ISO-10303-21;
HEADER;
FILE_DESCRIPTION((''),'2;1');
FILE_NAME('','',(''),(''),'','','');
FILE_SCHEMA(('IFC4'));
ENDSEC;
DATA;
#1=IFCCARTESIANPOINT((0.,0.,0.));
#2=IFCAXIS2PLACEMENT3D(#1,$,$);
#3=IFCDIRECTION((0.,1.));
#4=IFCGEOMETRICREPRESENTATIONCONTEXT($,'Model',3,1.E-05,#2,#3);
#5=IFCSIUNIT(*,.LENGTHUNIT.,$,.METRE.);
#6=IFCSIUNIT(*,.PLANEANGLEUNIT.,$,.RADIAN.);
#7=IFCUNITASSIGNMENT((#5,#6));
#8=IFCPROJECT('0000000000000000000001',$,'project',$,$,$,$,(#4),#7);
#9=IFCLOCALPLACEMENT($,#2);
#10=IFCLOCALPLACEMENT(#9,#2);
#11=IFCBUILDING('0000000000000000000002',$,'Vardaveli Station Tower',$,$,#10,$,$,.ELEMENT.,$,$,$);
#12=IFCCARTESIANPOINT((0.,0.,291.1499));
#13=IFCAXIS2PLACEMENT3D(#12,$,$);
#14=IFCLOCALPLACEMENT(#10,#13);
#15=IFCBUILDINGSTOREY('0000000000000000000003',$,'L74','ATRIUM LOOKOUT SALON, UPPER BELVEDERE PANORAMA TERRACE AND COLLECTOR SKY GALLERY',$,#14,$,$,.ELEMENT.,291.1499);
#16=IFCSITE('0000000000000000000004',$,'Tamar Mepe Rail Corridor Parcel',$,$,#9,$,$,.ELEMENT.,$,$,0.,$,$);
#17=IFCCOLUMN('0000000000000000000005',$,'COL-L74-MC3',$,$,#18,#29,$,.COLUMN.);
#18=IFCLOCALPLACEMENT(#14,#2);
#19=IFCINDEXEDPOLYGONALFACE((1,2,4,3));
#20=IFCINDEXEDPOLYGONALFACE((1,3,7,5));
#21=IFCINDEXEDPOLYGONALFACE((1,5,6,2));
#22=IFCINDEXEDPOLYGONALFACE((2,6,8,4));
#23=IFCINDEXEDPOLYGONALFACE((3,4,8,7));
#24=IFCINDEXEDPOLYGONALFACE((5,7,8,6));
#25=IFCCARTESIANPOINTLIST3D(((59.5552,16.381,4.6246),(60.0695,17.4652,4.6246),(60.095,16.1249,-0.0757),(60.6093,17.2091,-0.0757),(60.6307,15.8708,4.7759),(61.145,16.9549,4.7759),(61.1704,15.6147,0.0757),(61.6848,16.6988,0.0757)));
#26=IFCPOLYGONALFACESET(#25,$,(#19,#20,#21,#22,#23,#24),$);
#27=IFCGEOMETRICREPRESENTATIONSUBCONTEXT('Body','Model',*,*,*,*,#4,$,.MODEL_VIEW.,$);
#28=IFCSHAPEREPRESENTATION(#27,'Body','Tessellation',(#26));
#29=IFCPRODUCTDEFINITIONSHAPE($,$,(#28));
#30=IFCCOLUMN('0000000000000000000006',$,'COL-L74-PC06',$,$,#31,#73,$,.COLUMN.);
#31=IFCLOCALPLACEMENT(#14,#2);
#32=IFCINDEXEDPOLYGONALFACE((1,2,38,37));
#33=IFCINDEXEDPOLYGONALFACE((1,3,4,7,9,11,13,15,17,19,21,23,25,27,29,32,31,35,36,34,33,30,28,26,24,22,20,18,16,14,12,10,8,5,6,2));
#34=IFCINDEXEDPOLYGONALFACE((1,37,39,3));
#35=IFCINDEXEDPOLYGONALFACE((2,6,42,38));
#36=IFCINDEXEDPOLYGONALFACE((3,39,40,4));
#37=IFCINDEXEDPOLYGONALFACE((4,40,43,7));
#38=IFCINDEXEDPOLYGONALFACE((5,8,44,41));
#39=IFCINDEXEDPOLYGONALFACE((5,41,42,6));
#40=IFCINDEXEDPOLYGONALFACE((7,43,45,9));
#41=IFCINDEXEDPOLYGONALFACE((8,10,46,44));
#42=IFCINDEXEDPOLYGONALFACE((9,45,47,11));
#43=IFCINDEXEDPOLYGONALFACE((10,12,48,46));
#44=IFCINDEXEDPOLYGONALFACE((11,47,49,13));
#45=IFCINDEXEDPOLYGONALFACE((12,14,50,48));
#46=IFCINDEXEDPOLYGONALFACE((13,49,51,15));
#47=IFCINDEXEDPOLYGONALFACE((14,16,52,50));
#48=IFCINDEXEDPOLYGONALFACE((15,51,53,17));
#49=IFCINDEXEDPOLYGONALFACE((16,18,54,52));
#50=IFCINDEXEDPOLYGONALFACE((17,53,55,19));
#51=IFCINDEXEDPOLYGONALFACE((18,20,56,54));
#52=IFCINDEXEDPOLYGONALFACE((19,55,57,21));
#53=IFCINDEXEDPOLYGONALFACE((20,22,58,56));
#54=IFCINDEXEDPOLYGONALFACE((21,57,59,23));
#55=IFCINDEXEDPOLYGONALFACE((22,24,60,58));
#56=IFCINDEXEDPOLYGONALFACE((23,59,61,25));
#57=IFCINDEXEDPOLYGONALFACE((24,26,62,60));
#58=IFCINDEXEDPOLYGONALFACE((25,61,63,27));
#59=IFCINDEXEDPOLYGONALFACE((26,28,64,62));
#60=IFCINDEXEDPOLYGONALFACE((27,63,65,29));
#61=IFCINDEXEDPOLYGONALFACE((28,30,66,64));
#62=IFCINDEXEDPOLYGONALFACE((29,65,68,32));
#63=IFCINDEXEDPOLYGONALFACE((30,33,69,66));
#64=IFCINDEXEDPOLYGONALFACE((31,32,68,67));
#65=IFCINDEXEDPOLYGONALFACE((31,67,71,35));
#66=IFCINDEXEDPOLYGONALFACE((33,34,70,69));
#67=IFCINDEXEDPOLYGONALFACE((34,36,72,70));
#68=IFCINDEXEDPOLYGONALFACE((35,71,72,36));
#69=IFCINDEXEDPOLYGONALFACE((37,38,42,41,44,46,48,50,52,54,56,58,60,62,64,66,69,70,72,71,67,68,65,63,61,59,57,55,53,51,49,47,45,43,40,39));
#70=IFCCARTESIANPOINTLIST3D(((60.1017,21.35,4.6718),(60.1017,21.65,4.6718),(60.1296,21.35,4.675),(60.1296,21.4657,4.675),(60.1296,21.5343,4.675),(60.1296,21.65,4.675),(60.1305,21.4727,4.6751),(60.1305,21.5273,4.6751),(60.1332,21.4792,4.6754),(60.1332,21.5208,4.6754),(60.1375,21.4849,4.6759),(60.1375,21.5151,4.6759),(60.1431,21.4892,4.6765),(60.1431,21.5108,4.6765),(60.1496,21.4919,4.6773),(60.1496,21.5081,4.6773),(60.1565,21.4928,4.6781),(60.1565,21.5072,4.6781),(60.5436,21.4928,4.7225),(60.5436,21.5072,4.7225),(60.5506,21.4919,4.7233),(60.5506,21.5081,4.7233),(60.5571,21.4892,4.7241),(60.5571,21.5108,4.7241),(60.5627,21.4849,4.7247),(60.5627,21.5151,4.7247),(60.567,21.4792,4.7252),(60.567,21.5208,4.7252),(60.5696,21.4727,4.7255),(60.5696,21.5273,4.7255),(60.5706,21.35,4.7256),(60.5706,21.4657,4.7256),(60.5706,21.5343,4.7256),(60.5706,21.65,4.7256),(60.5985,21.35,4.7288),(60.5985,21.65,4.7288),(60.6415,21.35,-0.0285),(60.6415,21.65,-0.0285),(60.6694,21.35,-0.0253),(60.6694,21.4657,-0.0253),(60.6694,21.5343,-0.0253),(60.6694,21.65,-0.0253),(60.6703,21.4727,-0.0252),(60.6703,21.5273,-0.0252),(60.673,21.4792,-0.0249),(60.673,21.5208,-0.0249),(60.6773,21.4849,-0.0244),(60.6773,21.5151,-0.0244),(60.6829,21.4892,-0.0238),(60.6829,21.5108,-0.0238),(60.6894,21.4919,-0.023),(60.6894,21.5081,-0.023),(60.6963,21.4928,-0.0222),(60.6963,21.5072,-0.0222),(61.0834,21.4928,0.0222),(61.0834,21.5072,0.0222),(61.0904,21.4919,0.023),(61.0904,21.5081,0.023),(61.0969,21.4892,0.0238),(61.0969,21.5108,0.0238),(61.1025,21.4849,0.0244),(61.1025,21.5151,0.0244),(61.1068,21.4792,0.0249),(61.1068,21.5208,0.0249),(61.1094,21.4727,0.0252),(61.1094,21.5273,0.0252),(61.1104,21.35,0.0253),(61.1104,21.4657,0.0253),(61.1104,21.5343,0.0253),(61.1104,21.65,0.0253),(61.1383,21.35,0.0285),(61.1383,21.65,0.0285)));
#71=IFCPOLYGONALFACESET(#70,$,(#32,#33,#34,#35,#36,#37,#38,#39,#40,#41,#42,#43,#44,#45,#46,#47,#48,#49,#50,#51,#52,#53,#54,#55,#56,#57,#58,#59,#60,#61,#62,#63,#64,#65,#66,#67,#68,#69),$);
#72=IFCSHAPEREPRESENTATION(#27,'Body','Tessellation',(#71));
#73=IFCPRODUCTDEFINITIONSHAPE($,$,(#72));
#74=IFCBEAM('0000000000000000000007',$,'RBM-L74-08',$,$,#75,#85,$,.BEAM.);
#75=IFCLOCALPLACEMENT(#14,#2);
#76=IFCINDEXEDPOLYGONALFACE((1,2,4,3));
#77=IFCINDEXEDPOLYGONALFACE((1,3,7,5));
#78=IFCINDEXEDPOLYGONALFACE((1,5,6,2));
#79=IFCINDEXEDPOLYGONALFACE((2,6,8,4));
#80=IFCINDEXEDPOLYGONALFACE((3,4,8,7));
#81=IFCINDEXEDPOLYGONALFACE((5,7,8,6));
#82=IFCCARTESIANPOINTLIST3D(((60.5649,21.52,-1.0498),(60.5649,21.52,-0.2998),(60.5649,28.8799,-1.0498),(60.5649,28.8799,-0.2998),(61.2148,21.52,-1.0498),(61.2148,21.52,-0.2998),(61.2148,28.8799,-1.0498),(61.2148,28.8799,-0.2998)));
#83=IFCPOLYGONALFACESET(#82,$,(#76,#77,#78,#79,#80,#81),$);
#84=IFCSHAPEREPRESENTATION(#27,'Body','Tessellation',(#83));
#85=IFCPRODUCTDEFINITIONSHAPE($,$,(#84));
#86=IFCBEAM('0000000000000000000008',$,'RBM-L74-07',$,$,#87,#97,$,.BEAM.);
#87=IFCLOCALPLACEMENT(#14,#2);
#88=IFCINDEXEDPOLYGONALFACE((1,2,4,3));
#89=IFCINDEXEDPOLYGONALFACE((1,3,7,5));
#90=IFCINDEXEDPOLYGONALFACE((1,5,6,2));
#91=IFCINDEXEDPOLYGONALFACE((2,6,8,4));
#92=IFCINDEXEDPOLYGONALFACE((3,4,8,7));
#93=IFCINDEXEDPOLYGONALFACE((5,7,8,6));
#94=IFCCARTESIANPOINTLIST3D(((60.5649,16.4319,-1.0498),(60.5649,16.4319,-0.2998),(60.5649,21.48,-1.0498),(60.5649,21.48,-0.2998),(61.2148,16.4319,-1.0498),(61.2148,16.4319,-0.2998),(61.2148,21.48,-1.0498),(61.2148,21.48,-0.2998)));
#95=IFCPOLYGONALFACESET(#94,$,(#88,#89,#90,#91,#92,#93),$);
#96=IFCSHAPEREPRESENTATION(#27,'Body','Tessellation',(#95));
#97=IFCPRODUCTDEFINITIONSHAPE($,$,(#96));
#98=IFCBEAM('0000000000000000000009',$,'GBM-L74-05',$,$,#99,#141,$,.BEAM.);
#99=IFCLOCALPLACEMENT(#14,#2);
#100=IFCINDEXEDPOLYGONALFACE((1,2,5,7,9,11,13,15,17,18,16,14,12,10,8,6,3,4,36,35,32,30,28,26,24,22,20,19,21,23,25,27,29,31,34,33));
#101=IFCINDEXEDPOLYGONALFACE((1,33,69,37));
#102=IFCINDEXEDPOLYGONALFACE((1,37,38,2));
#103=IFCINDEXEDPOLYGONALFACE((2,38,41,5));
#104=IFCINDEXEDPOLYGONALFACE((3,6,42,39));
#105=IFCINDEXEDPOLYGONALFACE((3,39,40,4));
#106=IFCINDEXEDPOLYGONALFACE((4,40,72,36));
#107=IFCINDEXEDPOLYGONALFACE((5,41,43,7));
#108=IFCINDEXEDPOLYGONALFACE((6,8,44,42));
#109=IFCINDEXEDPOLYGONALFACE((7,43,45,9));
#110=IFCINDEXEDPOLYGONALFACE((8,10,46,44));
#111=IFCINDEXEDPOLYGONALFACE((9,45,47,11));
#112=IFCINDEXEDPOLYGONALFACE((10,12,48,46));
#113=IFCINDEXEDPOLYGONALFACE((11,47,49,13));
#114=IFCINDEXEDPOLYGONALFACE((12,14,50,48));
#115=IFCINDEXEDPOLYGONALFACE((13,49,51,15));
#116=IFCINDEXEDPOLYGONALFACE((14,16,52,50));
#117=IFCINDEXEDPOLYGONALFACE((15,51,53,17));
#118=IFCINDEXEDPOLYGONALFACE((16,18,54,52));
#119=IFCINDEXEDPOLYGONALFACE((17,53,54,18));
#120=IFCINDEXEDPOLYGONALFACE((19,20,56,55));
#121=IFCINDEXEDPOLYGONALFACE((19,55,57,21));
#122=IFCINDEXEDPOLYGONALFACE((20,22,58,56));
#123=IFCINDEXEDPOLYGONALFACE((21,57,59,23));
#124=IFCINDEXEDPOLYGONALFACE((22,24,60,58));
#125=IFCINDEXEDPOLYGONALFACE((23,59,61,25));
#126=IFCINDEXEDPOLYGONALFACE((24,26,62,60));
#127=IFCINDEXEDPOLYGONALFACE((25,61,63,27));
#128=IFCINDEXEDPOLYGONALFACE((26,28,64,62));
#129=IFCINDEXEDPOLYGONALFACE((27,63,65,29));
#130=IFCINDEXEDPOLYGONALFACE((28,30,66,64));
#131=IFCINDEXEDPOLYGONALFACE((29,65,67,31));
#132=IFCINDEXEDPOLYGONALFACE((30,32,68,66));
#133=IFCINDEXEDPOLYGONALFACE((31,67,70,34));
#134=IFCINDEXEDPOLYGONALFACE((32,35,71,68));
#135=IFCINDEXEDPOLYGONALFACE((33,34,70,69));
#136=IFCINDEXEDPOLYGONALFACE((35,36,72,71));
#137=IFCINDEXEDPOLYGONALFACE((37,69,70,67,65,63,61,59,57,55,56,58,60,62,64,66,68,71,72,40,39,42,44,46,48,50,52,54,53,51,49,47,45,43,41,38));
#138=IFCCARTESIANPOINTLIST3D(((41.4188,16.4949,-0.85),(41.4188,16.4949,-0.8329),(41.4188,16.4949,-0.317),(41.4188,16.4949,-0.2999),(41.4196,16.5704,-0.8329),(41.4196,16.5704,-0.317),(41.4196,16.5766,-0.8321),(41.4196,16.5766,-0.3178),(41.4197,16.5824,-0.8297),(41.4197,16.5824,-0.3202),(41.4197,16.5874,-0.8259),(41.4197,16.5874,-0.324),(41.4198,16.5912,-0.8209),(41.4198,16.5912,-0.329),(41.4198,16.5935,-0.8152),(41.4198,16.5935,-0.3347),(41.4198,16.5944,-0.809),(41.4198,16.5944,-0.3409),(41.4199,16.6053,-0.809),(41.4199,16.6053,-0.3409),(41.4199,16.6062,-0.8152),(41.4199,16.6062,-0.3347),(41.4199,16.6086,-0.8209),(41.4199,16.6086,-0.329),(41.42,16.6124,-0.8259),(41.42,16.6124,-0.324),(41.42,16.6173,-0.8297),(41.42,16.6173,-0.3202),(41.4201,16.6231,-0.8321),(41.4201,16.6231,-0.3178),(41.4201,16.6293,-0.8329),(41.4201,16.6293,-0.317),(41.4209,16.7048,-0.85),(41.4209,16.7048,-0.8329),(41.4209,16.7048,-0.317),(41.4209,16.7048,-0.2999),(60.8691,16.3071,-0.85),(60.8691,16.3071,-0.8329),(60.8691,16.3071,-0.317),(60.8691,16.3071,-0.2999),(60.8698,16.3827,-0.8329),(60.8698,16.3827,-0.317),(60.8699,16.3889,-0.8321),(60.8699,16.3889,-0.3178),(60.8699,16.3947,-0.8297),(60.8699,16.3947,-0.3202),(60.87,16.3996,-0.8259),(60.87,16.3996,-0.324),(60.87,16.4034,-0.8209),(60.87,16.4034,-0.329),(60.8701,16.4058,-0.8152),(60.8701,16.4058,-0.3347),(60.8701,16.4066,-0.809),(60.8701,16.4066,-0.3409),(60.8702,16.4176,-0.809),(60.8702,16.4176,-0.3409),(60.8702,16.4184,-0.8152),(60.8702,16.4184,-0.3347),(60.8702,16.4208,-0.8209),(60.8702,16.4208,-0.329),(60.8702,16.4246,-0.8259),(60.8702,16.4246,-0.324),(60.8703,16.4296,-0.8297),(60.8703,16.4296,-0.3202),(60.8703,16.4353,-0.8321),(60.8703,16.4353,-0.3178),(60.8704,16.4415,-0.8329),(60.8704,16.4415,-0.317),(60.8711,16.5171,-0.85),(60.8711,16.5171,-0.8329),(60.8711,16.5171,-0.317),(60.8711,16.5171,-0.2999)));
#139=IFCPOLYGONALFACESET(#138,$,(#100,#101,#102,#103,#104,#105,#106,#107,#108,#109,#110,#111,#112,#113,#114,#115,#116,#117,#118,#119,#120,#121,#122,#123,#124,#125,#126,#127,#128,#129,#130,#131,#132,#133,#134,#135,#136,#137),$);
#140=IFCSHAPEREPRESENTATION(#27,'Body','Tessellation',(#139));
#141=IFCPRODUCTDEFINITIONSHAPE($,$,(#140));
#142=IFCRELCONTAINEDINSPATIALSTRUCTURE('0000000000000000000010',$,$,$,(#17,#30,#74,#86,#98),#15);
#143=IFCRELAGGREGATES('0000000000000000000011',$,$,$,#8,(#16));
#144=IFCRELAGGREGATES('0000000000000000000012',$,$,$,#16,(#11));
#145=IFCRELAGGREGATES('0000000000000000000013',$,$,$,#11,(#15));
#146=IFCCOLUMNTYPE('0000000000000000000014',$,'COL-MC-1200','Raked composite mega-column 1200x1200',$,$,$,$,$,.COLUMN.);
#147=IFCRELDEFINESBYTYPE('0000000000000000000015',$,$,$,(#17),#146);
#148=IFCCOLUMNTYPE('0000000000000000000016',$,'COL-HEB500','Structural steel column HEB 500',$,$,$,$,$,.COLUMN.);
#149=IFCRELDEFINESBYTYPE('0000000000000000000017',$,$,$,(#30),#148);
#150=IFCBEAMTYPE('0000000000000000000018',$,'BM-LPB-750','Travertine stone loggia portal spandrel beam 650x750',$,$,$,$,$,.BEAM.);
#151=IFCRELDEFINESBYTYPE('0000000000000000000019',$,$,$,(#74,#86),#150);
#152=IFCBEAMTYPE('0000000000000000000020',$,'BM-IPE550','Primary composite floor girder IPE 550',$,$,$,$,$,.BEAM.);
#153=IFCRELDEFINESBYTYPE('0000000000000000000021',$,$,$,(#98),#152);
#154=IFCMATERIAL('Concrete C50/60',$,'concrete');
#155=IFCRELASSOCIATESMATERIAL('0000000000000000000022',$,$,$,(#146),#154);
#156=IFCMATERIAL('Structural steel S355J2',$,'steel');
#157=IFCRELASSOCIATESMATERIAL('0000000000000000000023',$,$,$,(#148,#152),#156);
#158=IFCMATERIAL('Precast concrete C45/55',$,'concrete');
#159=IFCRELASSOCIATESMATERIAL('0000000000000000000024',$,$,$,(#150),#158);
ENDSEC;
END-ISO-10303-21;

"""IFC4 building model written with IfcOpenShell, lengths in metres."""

from ifc_helpers import new_model, si_unit, direction, frame, origin, origin_2d, place, context, subcontext, project, spatial, rectangle, i_section, extrude, source, transform, mapped, material, material_profile, profile_set, type_object, element, save


model = new_model("IFC4")

# Units and contexts
model_context = context("Model", 3, precision=1e-05, world=origin(), true_north=direction((0.0, 1.0)))
body_context = subcontext(model_context, "Body", "Model", "MODEL_VIEW")
ifc_project = project(units=[si_unit("LENGTHUNIT", "METRE"), si_unit("PLANEANGLEUNIT", "RADIAN")], contexts=[model_context])

# Site, building, storey
site_placement = place(None, origin())
site = spatial("IfcSite", under=ifc_project, at=site_placement, Name="Tamar Mepe Rail Corridor Parcel", CompositionType="ELEMENT", RefElevation=0.0)
building_placement = place(site_placement, origin())
building = spatial("IfcBuilding", under=site, at=building_placement, Name="Vardaveli Station Tower", CompositionType="ELEMENT")
storey_placement = place(building_placement, frame((0.0, 0.0, 291.1499)))
storey = spatial("IfcBuildingStorey", under=building, at=storey_placement, Name="L74", Description="ATRIUM LOOKOUT SALON, UPPER BELVEDERE PANORAMA TERRACE AND COLLECTOR SKY GALLERY", CompositionType="ELEMENT", Elevation=291.1499)

# Columns
ifc_material_1 = material(Name="Concrete C50/60", Category="concrete")
ifc_material_profile_1 = material_profile(ifc_material_1, rectangle(XDim=1.2, YDim=1.2, at=origin_2d()), Name="MC 1200x1200")
ifc_profile_set_1 = profile_set([ifc_material_profile_1], Name="Concrete C50/60")
column_type_1 = type_object("IfcColumnType", Name="COL-MC-1200", Description="Raked composite mega-column 1200x1200", PredefinedType="COLUMN", material=ifc_profile_set_1)
shared_shape_1 = source(origin(), body_context, "Body", "SweptSolid", [
    extrude(rectangle(XDim=1.2, YDim=1.2, at=origin_2d()), origin(), (0.0, 0.0, 1.0), 4.738),
])
column_1_placement = place(storey_placement, frame((60.8899, 16.4119, 0.0), z_axis=(-0.113928, 0.054053, 0.992017), x_axis=(-0.428648, -0.903471, 0.0)))
element("IfcColumn", 1, at=column_1_placement, inside=storey, type_object=column_type_1, Name="COL-L74-MC3", PredefinedType="COLUMN", context=body_context, shape_type="MappedRepresentation", body=[
    mapped(shared_shape_1, transform((0.0, 0.0, 0.0), scale=1.0)),
])
ifc_material_2 = material(Name="Structural steel S355J2", Category="steel")
ifc_material_profile_2 = material_profile(ifc_material_2, i_section(OverallWidth=0.3, OverallDepth=0.5, WebThickness=0.0144, FlangeThickness=0.0281, FilletRadius=0.0271, at=origin_2d()), Name="HEB 500")
ifc_profile_set_2 = profile_set([ifc_material_profile_2], Name="Structural steel S355J2")
column_type_2 = type_object("IfcColumnType", Name="COL-HEB500", Description="Structural steel column HEB 500", PredefinedType="COLUMN", material=ifc_profile_set_2)
shared_shape_2 = source(origin(), body_context, "Body", "SweptSolid", [
    extrude(i_section(OverallWidth=0.3, OverallDepth=0.5, WebThickness=0.0144, FlangeThickness=0.0281, FilletRadius=0.0271, at=origin_2d()), origin(), (0.0, 0.0, 1.0), 4.7312),
])
column_2_placement = place(storey_placement, frame((60.8899, 21.5, 0.0), z_axis=(-0.114095, 0.0, 0.99347), x_axis=(0.0, -1.0, 0.0)))
element("IfcColumn", 2, at=column_2_placement, inside=storey, type_object=column_type_2, Name="COL-L74-PC06", PredefinedType="COLUMN", context=body_context, shape_type="MappedRepresentation", body=[
    mapped(shared_shape_2, transform((0.0, 0.0, 0.0), scale=1.0)),
])

# Beams
ifc_material_3 = material(Name="Precast concrete C45/55", Category="concrete")
ifc_material_profile_3 = material_profile(ifc_material_3, rectangle(XDim=0.6499, YDim=0.75, at=origin_2d()), Name="LPB 650x750")
ifc_profile_set_3 = profile_set([ifc_material_profile_3], Name="Precast concrete C45/55")
beam_type_1 = type_object("IfcBeamType", Name="BM-LPB-750", Description="Travertine stone loggia portal spandrel beam 650x750", PredefinedType="BEAM", material=ifc_profile_set_3)
shared_shape_3 = source(origin(), body_context, "Body", "SweptSolid", [
    extrude(rectangle(XDim=0.6499, YDim=0.75, at=origin_2d()), origin(), (0.0, 0.0, 1.0), 7.3599),
])
beam_1_placement = place(storey_placement, frame((60.8899, 21.52, -0.6748), z_axis=(0.0, 1.0, 0.0), x_axis=(-1.0, 0.0, 0.0)))
element("IfcBeam", 3, at=beam_1_placement, inside=storey, type_object=beam_type_1, Name="RBM-L74-08", PredefinedType="BEAM", context=body_context, shape_type="MappedRepresentation", body=[
    mapped(shared_shape_3, transform((0.0, 0.0, 0.0), scale=1.0)),
])
shared_shape_4 = source(origin(), body_context, "Body", "SweptSolid", [
    extrude(rectangle(XDim=0.6499, YDim=0.75, at=origin_2d()), origin(), (0.0, 0.0, 1.0), 5.0481),
])
beam_2_placement = place(storey_placement, frame((60.8899, 16.4319, -0.6748), z_axis=(0.0, 1.0, 0.0), x_axis=(-1.0, 0.0, 0.0)))
element("IfcBeam", 4, at=beam_2_placement, inside=storey, type_object=beam_type_1, Name="RBM-L74-07", PredefinedType="BEAM", context=body_context, shape_type="MappedRepresentation", body=[
    mapped(shared_shape_4, transform((0.0, 0.0, 0.0), scale=1.0)),
])
ifc_material_profile_4 = material_profile(ifc_material_2, i_section(OverallWidth=0.21, OverallDepth=0.55, WebThickness=0.011, FlangeThickness=0.0171, FilletRadius=0.0239, at=origin_2d()), Name="IPE 550")
ifc_profile_set_4 = profile_set([ifc_material_profile_4], Name="Structural steel S355J2")
beam_type_2 = type_object("IfcBeamType", Name="BM-IPE550", Description="Primary composite floor girder IPE 550", PredefinedType="BEAM", material=ifc_profile_set_4)
shared_shape_5 = source(origin(), body_context, "Body", "SweptSolid", [
    extrude(i_section(OverallWidth=0.21, OverallDepth=0.55, WebThickness=0.011, FlangeThickness=0.0171, FilletRadius=0.0239, at=origin_2d()), origin(), (0.0, 0.0, 1.0), 19.4512),
])
beam_3_placement = place(storey_placement, frame((60.8701, 16.4121, -0.575), z_axis=(-0.999953, 0.009652, 0.0), x_axis=(-0.009652, -0.999953, 0.0)))
element("IfcBeam", 5, at=beam_3_placement, inside=storey, type_object=beam_type_2, Name="GBM-L74-05", PredefinedType="BEAM", context=body_context, shape_type="MappedRepresentation", body=[
    mapped(shared_shape_5, transform((0.0, 0.0, 0.0), scale=1.0)),
])

save(model, "model.ifc")
